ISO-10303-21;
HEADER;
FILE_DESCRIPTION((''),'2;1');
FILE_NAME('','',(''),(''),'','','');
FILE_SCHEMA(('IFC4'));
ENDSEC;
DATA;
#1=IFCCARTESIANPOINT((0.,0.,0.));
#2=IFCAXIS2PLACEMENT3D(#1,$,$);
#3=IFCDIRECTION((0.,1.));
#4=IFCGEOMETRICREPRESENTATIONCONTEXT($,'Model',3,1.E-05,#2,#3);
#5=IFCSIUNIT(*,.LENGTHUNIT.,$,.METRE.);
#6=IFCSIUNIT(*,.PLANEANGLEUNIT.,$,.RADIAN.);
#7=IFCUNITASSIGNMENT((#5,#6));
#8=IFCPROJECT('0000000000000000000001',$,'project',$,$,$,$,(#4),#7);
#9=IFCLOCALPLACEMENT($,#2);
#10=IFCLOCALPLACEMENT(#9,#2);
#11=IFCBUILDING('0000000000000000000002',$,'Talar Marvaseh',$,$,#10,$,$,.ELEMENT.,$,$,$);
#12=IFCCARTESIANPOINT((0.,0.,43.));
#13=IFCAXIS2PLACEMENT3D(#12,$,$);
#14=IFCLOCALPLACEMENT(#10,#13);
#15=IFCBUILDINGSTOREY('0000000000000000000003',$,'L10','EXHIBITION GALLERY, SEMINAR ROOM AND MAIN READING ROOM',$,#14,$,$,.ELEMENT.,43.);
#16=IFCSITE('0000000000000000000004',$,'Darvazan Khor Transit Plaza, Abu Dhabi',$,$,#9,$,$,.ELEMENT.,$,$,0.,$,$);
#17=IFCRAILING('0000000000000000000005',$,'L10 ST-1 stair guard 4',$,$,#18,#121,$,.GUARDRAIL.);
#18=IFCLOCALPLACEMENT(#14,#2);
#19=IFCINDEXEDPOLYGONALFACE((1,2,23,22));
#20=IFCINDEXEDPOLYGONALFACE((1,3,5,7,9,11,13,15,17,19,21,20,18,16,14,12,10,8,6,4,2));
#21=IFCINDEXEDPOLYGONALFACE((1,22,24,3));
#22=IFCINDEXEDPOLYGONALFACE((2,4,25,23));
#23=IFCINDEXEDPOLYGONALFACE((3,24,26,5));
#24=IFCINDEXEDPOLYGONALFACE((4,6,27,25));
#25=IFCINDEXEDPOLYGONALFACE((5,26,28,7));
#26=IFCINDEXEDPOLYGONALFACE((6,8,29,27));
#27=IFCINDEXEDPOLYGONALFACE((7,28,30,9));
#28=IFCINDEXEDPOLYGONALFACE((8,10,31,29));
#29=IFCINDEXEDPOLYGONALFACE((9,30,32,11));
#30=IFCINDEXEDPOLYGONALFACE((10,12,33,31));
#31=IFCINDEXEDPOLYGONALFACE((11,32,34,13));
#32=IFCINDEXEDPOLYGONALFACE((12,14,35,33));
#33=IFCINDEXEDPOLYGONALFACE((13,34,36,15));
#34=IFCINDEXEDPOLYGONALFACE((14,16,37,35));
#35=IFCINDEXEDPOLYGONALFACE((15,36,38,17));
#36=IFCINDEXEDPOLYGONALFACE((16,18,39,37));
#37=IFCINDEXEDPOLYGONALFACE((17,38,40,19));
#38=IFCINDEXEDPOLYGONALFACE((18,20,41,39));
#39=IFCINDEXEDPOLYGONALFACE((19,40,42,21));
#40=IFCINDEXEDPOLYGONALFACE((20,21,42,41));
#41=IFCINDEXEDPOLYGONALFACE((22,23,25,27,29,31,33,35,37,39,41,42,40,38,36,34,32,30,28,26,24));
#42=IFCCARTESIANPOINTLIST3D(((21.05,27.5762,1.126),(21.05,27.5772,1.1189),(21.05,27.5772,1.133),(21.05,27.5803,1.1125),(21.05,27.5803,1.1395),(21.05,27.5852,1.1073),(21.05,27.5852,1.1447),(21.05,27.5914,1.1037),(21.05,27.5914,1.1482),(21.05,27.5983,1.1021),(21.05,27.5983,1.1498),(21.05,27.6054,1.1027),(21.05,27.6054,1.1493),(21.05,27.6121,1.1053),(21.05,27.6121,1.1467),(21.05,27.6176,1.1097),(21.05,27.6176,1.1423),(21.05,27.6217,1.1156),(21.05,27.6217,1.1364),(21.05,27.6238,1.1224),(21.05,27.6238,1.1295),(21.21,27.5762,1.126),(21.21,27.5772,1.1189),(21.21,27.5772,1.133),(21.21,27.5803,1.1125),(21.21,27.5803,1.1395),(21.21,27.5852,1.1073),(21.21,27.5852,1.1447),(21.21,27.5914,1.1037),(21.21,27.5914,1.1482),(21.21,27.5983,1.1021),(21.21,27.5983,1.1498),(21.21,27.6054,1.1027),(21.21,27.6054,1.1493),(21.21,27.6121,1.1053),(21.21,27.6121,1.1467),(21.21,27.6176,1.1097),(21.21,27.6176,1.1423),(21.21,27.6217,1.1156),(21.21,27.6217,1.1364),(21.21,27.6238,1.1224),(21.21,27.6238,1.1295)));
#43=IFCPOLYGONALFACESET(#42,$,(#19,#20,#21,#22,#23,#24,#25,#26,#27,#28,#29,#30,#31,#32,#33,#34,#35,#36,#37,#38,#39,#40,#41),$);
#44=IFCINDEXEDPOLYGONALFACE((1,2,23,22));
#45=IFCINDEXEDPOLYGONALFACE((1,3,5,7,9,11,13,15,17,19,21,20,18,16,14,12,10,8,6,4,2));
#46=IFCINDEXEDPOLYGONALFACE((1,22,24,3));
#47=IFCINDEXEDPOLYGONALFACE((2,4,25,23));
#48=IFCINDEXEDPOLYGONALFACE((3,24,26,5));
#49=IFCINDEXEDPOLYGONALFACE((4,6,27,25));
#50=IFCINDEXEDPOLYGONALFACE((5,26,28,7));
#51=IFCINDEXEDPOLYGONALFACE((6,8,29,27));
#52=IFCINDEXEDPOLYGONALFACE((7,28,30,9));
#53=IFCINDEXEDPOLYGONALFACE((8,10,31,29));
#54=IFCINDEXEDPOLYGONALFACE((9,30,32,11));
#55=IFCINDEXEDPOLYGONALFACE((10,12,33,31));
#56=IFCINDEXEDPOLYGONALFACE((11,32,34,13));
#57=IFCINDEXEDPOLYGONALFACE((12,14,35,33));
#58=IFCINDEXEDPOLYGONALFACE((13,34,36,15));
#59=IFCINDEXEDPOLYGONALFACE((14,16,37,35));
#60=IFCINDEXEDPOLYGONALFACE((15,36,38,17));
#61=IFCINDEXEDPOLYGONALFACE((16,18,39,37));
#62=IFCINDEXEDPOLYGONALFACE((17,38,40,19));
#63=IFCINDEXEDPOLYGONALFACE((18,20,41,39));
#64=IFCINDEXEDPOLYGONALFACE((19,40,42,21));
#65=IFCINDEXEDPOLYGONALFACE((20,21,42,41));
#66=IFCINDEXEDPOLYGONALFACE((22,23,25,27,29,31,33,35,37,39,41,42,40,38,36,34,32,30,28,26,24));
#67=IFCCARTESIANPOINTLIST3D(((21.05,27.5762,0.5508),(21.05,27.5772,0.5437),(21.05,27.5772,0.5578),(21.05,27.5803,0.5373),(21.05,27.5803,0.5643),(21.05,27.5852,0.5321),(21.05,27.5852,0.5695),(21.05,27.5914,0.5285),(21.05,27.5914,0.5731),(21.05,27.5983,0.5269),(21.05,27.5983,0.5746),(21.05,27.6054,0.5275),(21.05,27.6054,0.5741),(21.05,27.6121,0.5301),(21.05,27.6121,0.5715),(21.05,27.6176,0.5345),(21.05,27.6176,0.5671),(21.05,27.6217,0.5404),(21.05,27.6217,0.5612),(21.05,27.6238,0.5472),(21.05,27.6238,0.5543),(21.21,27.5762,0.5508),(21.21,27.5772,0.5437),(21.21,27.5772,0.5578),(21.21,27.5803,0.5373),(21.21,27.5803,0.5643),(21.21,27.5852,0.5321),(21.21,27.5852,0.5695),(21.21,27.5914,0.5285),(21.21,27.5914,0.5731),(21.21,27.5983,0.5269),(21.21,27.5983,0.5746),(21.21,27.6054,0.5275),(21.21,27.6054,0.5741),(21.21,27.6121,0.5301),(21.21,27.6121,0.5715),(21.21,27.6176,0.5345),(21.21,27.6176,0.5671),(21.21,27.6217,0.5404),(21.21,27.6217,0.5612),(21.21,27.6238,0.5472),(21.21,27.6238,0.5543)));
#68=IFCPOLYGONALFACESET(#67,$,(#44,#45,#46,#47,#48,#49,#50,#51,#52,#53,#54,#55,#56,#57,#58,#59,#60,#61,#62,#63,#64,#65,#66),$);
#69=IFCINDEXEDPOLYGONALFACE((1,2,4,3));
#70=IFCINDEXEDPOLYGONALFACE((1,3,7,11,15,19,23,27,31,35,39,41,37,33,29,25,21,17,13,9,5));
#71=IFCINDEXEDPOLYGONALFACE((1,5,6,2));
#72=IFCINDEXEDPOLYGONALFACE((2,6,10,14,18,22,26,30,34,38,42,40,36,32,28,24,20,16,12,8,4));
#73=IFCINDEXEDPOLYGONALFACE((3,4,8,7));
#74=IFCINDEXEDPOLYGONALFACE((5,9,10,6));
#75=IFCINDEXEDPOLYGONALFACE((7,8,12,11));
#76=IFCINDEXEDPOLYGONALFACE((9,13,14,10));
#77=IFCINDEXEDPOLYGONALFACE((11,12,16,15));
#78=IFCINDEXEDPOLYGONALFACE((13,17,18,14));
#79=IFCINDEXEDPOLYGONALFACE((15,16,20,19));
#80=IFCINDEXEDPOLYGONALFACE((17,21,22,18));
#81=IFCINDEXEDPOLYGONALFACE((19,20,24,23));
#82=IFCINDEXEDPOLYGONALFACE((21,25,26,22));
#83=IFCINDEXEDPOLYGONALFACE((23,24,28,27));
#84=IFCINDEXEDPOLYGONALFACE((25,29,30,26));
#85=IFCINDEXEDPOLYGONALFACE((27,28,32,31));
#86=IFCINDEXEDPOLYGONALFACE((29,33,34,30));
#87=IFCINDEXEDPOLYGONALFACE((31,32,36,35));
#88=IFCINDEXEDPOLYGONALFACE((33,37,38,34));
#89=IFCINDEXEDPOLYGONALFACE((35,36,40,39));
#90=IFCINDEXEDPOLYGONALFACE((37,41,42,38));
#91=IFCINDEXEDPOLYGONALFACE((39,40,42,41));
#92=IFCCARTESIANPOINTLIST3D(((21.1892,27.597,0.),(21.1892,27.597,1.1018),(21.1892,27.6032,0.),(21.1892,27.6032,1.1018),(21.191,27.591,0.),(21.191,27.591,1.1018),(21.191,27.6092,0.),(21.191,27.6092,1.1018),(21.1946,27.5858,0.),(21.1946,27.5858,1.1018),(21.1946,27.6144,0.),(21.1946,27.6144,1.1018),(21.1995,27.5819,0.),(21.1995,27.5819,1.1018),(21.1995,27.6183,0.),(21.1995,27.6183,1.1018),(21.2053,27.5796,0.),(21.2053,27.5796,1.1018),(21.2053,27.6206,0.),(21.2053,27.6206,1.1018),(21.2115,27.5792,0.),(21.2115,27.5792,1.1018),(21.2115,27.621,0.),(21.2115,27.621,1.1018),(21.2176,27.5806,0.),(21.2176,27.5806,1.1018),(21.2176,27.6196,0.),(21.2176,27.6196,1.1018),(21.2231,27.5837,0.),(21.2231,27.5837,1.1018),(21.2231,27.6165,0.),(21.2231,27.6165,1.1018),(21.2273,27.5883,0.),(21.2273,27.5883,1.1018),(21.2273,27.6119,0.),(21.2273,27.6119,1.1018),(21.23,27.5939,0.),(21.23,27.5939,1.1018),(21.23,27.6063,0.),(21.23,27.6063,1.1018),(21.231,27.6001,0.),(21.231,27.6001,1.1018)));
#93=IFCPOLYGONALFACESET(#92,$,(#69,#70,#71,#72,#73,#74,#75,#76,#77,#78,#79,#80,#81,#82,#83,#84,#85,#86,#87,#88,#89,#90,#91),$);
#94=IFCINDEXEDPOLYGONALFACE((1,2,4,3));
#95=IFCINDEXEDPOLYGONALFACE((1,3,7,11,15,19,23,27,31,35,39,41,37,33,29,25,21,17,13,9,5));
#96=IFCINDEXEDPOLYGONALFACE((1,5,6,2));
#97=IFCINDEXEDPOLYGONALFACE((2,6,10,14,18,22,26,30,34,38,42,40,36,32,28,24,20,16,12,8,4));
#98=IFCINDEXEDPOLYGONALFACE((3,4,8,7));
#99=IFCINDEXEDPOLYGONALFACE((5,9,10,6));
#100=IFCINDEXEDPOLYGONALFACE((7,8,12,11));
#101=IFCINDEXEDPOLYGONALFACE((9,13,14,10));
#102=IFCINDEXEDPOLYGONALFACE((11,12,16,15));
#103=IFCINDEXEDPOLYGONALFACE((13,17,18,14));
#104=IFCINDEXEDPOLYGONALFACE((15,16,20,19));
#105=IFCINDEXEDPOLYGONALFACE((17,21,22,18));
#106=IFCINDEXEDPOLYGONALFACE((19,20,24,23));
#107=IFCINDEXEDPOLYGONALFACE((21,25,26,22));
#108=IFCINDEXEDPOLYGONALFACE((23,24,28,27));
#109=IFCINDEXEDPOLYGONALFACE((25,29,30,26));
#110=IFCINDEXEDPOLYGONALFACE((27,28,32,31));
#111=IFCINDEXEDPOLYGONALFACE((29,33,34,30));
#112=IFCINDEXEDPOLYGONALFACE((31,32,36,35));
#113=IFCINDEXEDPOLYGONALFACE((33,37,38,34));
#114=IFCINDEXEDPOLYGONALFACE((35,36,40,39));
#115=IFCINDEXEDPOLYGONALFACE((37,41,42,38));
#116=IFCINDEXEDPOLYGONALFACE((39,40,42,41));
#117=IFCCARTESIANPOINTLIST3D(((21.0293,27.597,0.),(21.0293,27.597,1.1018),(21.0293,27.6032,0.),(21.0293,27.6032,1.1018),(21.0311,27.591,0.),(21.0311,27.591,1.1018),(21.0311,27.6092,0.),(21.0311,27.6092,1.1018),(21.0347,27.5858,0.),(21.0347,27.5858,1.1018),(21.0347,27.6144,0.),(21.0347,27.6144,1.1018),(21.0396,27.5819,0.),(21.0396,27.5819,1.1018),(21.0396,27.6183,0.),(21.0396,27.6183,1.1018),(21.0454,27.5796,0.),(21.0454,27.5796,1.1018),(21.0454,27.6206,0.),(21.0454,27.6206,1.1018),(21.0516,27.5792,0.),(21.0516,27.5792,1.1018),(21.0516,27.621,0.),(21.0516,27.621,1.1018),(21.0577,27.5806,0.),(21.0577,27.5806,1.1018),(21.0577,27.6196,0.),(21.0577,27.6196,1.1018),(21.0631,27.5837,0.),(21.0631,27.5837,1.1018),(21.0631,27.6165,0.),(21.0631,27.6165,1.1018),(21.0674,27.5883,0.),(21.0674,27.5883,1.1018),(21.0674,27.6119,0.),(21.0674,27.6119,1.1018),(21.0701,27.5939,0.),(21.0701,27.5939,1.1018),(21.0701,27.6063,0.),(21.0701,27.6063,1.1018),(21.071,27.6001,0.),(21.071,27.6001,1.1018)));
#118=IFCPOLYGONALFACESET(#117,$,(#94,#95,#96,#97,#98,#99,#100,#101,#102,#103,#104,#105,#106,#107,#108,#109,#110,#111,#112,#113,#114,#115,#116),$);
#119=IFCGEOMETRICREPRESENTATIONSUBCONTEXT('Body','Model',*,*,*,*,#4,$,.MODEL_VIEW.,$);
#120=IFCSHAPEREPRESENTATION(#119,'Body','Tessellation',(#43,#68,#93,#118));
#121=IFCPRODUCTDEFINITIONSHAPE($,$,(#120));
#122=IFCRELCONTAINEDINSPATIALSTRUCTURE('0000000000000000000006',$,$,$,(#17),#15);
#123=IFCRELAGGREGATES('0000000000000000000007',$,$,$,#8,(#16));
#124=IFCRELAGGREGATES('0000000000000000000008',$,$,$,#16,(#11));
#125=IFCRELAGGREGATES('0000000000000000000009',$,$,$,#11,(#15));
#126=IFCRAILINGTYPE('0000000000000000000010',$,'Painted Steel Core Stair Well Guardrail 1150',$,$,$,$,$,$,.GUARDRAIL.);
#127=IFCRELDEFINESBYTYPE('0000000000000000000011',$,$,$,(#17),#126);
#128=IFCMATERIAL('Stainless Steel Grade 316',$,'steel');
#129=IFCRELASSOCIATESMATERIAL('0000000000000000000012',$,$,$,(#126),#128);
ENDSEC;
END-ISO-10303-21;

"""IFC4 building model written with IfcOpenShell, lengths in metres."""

from ifc_helpers import new_model, si_unit, direction, frame, origin, origin_2d, place, context, subcontext, project, spatial, circle, extrude, material, type_object, element, save


model = new_model("IFC4")

# Units and contexts
model_context = context("Model", 3, precision=1e-05, world=origin(), true_north=direction((0.0, 1.0)))
body_context = subcontext(model_context, "Body", "Model", "MODEL_VIEW")
ifc_project = project(units=[si_unit("LENGTHUNIT", "METRE"), si_unit("PLANEANGLEUNIT", "RADIAN")], contexts=[model_context])

# Site, building, storey
site_placement = place(None, origin())
site = spatial("IfcSite", under=ifc_project, at=site_placement, Name="Darvazan Khor Transit Plaza, Abu Dhabi", CompositionType="ELEMENT", RefElevation=0.0)
building_placement = place(site_placement, origin())
building = spatial("IfcBuilding", under=site, at=building_placement, Name="Talar Marvaseh", CompositionType="ELEMENT")
storey_placement = place(building_placement, frame((0.0, 0.0, 43.0)))
storey = spatial("IfcBuildingStorey", under=building, at=storey_placement, Name="L10", Description="EXHIBITION GALLERY, SEMINAR ROOM AND MAIN READING ROOM", CompositionType="ELEMENT", Elevation=43.0)

# Railing
ifc_material_1 = material(Name="Stainless Steel Grade 316", Category="steel")
railing_type_1 = type_object("IfcRailingType", Name="Painted Steel Core Stair Well Guardrail 1150", PredefinedType="GUARDRAIL", material=ifc_material_1)
railing_1_placement = place(storey_placement, frame((21.21, 27.6001, 0.0)))
element("IfcRailing", 1, at=railing_1_placement, inside=storey, type_object=railing_type_1, Name="L10 ST-1 stair guard 4", PredefinedType="GUARDRAIL", context=body_context, shape_type="SweptSolid", body=[
    extrude(circle(Radius=0.0239, at=origin_2d()), frame((0.0, 0.0, 1.126), z_axis=(-1.0, 0.0, 0.0), x_axis=(0.0, -1.0, 0.0)), (0.0, 0.0, 1.0), 0.1599),
    extrude(circle(Radius=0.0239, at=origin_2d()), frame((0.0, 0.0, 0.5508), z_axis=(-1.0, 0.0, 0.0), x_axis=(0.0, -1.0, 0.0)), (0.0, 0.0, 1.0), 0.1599),
    extrude(circle(Radius=0.021, at=origin_2d()), origin(), (0.0, 0.0, 1.0), 1.1018),
    extrude(circle(Radius=0.021, at=origin_2d()), frame((-0.1599, 0.0, 0.0)), (0.0, 0.0, 1.0), 1.1018),
])

save(model, "model.ifc")
